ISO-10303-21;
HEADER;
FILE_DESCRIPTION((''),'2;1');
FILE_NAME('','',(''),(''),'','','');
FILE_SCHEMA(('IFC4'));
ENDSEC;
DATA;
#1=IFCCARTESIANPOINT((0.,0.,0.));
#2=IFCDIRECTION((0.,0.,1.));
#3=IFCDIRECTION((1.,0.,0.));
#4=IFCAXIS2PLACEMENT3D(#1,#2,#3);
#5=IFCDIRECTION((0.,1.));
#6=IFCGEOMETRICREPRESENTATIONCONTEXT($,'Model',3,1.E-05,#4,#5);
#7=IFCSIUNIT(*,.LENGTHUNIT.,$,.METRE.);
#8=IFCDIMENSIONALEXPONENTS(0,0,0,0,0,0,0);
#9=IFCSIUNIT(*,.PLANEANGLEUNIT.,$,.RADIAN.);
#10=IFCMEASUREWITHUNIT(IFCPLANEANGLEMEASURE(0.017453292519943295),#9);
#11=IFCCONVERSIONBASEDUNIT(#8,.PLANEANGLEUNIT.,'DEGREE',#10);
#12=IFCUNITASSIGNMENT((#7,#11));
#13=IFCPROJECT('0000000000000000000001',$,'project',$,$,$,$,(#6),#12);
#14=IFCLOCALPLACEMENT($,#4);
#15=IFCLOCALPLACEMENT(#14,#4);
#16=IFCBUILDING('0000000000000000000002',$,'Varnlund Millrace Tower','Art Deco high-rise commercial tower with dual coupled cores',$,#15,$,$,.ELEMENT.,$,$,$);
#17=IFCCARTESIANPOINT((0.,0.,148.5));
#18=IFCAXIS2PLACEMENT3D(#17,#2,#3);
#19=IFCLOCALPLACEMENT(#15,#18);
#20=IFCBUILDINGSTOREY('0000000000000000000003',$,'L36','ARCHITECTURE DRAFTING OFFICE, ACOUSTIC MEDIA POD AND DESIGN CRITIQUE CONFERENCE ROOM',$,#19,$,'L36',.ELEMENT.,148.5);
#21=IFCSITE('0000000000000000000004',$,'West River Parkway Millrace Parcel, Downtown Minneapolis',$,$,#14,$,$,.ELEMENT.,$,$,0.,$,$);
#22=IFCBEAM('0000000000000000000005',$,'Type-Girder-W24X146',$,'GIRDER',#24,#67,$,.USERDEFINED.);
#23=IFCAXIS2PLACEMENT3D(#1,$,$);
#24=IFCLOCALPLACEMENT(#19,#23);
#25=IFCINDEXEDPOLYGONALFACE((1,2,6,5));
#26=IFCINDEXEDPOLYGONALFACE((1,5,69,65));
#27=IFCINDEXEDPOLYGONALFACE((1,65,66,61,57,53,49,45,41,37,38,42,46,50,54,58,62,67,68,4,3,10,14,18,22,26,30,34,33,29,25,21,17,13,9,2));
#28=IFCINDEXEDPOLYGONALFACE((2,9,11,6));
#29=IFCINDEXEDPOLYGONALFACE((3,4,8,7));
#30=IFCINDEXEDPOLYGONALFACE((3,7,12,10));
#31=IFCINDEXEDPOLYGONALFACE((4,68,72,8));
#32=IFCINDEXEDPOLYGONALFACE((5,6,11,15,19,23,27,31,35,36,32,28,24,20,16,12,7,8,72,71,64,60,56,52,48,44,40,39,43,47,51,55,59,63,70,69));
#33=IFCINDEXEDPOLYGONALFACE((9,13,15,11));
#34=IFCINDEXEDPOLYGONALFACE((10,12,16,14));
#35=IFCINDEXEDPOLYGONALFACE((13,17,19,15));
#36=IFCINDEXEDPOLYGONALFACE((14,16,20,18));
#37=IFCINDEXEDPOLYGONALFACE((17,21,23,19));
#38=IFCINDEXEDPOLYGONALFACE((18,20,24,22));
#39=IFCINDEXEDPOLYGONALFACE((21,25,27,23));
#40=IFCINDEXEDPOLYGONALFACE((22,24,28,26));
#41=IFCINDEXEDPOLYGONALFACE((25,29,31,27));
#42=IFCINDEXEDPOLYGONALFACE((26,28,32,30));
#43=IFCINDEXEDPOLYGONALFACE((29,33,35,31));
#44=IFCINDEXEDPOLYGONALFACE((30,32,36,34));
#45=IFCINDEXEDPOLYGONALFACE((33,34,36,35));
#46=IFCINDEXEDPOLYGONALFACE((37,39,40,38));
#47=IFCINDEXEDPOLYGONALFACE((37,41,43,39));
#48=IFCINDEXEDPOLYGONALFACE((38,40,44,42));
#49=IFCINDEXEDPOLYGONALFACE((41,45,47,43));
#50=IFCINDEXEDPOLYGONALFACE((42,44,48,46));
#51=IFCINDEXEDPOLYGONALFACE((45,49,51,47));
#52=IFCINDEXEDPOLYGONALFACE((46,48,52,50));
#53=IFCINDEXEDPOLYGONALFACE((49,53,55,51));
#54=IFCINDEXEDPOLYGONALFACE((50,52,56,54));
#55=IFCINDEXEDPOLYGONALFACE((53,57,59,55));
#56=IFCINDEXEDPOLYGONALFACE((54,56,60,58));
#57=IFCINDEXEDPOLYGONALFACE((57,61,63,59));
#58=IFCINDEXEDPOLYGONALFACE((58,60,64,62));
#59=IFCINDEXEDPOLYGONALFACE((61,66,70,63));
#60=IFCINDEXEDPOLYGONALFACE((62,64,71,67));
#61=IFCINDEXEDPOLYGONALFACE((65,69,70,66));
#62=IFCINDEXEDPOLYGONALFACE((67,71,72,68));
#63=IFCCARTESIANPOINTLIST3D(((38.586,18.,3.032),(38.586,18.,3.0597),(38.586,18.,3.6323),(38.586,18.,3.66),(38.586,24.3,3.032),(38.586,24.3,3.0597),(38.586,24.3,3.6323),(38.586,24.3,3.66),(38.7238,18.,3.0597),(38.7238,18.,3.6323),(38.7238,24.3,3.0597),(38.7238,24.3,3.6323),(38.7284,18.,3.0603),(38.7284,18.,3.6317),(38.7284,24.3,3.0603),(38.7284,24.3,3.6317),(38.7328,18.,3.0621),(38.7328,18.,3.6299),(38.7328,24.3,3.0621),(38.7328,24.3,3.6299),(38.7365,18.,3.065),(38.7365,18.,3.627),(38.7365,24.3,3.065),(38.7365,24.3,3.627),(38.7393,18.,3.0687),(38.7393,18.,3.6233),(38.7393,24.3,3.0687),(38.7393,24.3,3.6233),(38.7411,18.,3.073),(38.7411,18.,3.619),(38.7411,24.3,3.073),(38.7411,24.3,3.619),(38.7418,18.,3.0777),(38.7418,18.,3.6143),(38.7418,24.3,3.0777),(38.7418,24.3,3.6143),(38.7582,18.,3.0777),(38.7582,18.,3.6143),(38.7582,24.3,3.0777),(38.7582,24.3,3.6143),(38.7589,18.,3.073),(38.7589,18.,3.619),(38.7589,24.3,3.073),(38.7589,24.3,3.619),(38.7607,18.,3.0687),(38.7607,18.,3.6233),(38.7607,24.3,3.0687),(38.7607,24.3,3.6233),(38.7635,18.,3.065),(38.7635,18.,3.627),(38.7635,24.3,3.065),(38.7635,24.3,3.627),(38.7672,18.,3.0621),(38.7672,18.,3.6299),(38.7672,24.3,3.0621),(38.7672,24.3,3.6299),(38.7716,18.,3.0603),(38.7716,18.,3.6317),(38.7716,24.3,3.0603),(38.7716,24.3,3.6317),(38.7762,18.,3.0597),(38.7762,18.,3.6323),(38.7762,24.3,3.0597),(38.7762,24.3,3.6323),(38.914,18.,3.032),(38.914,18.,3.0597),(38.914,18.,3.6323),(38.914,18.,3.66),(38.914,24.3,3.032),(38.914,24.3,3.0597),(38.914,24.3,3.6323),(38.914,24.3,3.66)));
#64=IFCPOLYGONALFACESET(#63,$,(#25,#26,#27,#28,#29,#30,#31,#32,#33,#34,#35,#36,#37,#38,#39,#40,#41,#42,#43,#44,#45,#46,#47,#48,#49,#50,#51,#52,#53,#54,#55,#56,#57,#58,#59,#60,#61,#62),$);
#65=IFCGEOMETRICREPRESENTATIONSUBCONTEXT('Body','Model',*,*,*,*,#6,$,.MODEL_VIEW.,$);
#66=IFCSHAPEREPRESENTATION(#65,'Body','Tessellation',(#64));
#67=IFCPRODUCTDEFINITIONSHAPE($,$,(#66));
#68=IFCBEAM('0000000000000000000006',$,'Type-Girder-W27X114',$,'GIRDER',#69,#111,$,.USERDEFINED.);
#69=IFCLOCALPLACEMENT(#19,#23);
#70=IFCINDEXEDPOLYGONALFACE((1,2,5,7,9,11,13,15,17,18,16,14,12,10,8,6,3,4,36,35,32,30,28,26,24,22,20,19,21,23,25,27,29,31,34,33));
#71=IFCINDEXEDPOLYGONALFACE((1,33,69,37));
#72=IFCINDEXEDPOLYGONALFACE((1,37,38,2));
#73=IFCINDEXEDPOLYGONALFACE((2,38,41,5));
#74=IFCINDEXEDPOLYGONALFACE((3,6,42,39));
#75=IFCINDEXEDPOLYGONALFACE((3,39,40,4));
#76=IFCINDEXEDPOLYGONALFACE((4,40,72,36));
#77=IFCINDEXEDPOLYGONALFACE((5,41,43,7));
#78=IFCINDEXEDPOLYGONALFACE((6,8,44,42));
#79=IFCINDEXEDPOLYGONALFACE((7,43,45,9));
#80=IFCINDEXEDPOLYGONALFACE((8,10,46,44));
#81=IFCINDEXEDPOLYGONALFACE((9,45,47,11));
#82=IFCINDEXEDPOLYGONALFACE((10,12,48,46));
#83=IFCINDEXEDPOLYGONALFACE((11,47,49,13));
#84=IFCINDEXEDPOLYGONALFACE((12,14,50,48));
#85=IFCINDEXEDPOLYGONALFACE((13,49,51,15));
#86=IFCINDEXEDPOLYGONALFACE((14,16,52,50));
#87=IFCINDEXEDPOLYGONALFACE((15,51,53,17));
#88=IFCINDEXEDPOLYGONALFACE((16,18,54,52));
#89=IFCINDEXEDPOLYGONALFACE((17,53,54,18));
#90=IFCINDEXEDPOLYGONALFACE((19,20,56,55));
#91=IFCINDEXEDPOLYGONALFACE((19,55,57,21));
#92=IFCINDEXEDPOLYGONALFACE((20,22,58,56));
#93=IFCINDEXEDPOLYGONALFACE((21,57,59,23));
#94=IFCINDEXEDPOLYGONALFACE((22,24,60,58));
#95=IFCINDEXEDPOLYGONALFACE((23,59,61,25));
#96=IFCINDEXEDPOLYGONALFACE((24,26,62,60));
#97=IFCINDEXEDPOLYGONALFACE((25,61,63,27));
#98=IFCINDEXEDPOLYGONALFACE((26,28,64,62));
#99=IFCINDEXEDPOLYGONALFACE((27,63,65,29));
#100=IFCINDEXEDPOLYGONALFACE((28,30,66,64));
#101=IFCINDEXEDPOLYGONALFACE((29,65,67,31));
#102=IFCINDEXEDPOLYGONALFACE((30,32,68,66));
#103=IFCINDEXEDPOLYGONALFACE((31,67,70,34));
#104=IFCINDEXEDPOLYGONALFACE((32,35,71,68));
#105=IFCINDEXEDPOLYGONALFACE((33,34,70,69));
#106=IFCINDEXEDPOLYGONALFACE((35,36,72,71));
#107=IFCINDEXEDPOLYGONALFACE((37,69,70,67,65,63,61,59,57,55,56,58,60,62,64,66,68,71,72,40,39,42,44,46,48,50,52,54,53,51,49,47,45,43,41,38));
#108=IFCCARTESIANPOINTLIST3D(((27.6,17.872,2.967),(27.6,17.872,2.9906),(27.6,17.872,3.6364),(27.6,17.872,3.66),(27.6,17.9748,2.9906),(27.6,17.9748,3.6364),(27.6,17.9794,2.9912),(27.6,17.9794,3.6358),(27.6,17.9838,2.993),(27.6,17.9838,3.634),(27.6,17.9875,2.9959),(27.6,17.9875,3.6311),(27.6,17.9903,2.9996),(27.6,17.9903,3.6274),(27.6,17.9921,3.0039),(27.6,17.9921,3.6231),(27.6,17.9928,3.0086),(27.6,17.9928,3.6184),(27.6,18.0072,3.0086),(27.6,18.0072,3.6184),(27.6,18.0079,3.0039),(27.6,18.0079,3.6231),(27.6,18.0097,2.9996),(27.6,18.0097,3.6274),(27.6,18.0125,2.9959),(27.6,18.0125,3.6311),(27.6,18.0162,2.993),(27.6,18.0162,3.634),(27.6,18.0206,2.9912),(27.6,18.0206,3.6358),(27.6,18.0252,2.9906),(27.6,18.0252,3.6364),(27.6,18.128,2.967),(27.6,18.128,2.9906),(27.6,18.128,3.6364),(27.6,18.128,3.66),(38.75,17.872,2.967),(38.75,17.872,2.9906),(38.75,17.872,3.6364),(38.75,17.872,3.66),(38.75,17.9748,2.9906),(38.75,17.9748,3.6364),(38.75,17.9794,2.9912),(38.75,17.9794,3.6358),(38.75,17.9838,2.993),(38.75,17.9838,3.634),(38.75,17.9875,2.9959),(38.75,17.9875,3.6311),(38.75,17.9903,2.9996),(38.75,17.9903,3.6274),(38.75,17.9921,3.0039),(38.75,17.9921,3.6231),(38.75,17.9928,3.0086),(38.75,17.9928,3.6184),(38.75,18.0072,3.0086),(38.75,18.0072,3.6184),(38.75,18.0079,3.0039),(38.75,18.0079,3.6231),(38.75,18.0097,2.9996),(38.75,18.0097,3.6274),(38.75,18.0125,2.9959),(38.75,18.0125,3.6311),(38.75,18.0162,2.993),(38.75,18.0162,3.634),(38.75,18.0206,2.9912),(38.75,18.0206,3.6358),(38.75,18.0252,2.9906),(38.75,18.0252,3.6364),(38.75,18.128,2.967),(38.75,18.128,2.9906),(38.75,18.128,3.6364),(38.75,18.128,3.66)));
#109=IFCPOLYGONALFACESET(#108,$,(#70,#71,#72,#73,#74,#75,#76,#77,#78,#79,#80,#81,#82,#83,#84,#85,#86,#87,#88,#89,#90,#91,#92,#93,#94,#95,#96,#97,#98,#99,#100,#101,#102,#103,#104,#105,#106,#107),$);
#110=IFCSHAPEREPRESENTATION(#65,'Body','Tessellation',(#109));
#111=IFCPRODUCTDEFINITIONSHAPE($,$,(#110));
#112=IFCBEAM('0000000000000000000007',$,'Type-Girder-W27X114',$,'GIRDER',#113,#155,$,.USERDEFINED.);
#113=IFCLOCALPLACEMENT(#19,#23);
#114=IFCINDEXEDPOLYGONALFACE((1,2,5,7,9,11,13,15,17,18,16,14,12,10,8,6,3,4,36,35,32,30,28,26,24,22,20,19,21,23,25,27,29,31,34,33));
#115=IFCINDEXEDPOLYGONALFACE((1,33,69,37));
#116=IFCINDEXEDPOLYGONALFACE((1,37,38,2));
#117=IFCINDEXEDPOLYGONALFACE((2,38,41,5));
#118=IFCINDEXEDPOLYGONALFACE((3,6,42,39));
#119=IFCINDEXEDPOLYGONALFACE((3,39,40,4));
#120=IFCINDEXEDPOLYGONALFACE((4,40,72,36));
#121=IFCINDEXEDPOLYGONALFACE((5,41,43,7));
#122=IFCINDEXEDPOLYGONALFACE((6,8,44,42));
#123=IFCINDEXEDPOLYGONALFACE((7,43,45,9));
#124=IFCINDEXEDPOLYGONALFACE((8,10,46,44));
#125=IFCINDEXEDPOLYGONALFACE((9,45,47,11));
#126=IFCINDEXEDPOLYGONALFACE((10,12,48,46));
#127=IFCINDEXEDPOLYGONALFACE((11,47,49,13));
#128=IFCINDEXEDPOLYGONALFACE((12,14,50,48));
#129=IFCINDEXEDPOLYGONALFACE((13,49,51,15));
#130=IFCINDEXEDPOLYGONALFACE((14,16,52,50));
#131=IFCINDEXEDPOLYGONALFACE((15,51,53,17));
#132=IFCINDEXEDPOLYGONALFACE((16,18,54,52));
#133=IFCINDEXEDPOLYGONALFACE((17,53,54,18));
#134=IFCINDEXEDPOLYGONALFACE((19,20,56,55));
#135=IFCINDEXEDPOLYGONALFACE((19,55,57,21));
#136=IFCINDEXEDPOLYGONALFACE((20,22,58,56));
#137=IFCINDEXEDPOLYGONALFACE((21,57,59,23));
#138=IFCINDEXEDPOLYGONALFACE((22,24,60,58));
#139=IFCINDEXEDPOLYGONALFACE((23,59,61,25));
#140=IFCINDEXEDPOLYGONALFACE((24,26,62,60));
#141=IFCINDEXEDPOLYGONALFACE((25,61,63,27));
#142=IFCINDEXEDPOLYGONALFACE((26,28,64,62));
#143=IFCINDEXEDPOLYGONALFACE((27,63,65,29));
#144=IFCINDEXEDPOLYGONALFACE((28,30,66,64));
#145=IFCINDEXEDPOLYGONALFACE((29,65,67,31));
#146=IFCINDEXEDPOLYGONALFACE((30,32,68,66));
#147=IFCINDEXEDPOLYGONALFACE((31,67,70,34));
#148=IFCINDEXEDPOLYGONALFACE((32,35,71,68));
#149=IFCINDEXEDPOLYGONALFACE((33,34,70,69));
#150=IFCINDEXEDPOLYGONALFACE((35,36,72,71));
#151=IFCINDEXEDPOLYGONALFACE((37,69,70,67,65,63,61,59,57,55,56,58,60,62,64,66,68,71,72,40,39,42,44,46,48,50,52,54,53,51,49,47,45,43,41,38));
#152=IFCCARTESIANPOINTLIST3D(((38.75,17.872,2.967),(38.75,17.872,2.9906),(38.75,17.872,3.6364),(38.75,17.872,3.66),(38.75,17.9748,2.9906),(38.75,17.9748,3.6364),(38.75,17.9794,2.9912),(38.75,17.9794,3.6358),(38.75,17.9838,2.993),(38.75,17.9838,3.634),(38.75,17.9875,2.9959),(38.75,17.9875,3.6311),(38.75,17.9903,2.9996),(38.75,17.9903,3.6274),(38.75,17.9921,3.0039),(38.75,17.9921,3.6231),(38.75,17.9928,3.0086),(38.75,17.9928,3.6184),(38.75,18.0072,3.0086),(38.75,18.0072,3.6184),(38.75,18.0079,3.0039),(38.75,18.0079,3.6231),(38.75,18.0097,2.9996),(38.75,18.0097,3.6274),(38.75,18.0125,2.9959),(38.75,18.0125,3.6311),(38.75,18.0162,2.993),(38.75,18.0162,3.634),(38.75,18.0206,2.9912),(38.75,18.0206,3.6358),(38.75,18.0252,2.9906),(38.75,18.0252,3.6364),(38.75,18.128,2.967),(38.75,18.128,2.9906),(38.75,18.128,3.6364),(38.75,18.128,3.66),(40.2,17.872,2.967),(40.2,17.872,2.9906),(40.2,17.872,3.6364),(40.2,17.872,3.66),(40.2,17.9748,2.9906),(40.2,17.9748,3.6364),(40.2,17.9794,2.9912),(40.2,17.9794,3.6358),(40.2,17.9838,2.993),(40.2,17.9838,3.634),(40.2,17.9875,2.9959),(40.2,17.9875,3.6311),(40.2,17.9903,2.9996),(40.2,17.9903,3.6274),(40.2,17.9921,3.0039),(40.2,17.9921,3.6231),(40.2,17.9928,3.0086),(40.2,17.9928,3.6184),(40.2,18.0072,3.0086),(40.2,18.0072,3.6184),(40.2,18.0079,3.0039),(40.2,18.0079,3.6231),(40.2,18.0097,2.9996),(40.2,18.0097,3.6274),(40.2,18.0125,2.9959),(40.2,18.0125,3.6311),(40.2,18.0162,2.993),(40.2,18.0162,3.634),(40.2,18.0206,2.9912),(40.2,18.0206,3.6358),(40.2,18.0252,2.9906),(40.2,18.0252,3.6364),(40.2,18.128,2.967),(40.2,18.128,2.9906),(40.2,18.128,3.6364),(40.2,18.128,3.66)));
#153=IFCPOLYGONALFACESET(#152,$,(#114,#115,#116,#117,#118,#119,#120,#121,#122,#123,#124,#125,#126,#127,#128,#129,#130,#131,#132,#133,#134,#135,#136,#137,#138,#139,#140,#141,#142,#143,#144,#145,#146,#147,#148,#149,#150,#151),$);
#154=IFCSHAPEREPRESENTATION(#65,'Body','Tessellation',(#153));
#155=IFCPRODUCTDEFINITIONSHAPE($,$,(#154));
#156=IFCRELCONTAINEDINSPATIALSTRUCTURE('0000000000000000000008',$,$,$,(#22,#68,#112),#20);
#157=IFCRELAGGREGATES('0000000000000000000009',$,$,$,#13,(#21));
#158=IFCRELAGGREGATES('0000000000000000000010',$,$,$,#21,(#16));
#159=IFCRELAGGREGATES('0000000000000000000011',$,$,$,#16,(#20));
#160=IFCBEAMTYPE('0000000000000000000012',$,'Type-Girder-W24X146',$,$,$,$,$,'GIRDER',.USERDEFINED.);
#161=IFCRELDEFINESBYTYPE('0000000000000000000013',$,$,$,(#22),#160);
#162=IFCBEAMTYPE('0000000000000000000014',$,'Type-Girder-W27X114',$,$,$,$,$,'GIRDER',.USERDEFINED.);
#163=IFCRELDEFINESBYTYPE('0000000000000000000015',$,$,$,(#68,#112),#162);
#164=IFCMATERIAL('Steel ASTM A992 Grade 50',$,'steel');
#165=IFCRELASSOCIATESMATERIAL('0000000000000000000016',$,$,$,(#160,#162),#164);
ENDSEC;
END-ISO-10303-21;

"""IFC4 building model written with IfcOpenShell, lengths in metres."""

from ifc_helpers import new_model, entity, si_unit, converted_unit, direction, frame, origin_with_axes, origin_2d_with_axis, place, context, subcontext, project, spatial, i_section, extrude, material, material_profile, profile_set, type_object, element, save


model = new_model("IFC4")

# Units and contexts
model_context = context("Model", 3, precision=1e-05, world=origin_with_axes(), true_north=direction((0.0, 1.0)))
body_context = subcontext(model_context, "Body", "Model", "MODEL_VIEW")
ifc_project = project(units=[si_unit("LENGTHUNIT", "METRE"), converted_unit("PLANEANGLEUNIT", "DEGREE", entity("IfcPlaneAngleMeasure", 0.017453292519943295), si_unit("PLANEANGLEUNIT", "RADIAN"), dimensions=[0, 0, 0, 0, 0, 0, 0])], contexts=[model_context])

# Site, building, storey
site_placement = place(None, origin_with_axes())
site = spatial("IfcSite", under=ifc_project, at=site_placement, Name="West River Parkway Millrace Parcel, Downtown Minneapolis", CompositionType="ELEMENT", RefElevation=0.0)
building_placement = place(site_placement, origin_with_axes())
building = spatial("IfcBuilding", under=site, at=building_placement, Name="Varnlund Millrace Tower", Description="Art Deco high-rise commercial tower with dual coupled cores", CompositionType="ELEMENT")
storey_placement = place(building_placement, frame((0.0, 0.0, 148.5), z_axis=(0.0, 0.0, 1.0), x_axis=(1.0, 0.0, 0.0)))
storey = spatial("IfcBuildingStorey", under=building, at=storey_placement, Name="L36", Description="ARCHITECTURE DRAFTING OFFICE, ACOUSTIC MEDIA POD AND DESIGN CRITIQUE CONFERENCE ROOM", LongName="L36", CompositionType="ELEMENT", Elevation=148.5)

# Beams
ifc_material_1 = material(Name="Steel ASTM A992 Grade 50", Category="steel")
ifc_material_profile_1 = material_profile(ifc_material_1, i_section(OverallWidth=0.328, OverallDepth=0.628, WebThickness=0.0165, FlangeThickness=0.0277, FilletRadius=0.018, at=origin_2d_with_axis()), Name="Steel ASTM A992 Grade 50")
ifc_profile_set_1 = profile_set([ifc_material_profile_1], Name="Steel ASTM A992 Grade 50")
beam_type_1 = type_object("IfcBeamType", Name="Type-Girder-W24X146", ElementType="GIRDER", PredefinedType="USERDEFINED", material=ifc_profile_set_1)
beam_1_placement = place(storey_placement, frame((38.75, 18.0, 3.346), z_axis=(0.0, 1.0, 0.0), x_axis=(-1.0, 0.0, 0.0)))
element("IfcBeam", 1, at=beam_1_placement, inside=storey, type_object=beam_type_1, Name="Type-Girder-W24X146", ObjectType="GIRDER", PredefinedType="USERDEFINED", context=body_context, shape_type="SweptSolid", body=[
    extrude(i_section(OverallWidth=0.328, OverallDepth=0.628, WebThickness=0.0165, FlangeThickness=0.0277, FilletRadius=0.018, at=origin_2d_with_axis()), origin_with_axes(), (0.0, 0.0, 1.0), 6.3),
])
ifc_material_profile_2 = material_profile(ifc_material_1, i_section(OverallWidth=0.256, OverallDepth=0.693, WebThickness=0.0145, FlangeThickness=0.0236, FilletRadius=0.018, at=origin_2d_with_axis()), Name="Steel ASTM A992 Grade 50")
ifc_profile_set_2 = profile_set([ifc_material_profile_2], Name="Steel ASTM A992 Grade 50")
beam_type_2 = type_object("IfcBeamType", Name="Type-Girder-W27X114", ElementType="GIRDER", PredefinedType="USERDEFINED", material=ifc_profile_set_2)
beam_2_placement = place(storey_placement, frame((27.6, 18.0, 3.3135), z_axis=(1.0, 0.0, 0.0), x_axis=(0.0, 1.0, 0.0)))
element("IfcBeam", 2, at=beam_2_placement, inside=storey, type_object=beam_type_2, Name="Type-Girder-W27X114", ObjectType="GIRDER", PredefinedType="USERDEFINED", context=body_context, shape_type="SweptSolid", body=[
    extrude(i_section(OverallWidth=0.256, OverallDepth=0.693, WebThickness=0.0145, FlangeThickness=0.0236, FilletRadius=0.018, at=origin_2d_with_axis()), origin_with_axes(), (0.0, 0.0, 1.0), 11.15),
])
beam_3_placement = place(storey_placement, frame((38.75, 18.0, 3.3135), z_axis=(1.0, 0.0, 0.0), x_axis=(0.0, 1.0, 0.0)))
element("IfcBeam", 3, at=beam_3_placement, inside=storey, type_object=beam_type_2, Name="Type-Girder-W27X114", ObjectType="GIRDER", PredefinedType="USERDEFINED", context=body_context, shape_type="SweptSolid", body=[
    extrude(i_section(OverallWidth=0.256, OverallDepth=0.693, WebThickness=0.0145, FlangeThickness=0.0236, FilletRadius=0.018, at=origin_2d_with_axis()), origin_with_axes(), (0.0, 0.0, 1.0), 1.45),
])

save(model, "model.ifc")
